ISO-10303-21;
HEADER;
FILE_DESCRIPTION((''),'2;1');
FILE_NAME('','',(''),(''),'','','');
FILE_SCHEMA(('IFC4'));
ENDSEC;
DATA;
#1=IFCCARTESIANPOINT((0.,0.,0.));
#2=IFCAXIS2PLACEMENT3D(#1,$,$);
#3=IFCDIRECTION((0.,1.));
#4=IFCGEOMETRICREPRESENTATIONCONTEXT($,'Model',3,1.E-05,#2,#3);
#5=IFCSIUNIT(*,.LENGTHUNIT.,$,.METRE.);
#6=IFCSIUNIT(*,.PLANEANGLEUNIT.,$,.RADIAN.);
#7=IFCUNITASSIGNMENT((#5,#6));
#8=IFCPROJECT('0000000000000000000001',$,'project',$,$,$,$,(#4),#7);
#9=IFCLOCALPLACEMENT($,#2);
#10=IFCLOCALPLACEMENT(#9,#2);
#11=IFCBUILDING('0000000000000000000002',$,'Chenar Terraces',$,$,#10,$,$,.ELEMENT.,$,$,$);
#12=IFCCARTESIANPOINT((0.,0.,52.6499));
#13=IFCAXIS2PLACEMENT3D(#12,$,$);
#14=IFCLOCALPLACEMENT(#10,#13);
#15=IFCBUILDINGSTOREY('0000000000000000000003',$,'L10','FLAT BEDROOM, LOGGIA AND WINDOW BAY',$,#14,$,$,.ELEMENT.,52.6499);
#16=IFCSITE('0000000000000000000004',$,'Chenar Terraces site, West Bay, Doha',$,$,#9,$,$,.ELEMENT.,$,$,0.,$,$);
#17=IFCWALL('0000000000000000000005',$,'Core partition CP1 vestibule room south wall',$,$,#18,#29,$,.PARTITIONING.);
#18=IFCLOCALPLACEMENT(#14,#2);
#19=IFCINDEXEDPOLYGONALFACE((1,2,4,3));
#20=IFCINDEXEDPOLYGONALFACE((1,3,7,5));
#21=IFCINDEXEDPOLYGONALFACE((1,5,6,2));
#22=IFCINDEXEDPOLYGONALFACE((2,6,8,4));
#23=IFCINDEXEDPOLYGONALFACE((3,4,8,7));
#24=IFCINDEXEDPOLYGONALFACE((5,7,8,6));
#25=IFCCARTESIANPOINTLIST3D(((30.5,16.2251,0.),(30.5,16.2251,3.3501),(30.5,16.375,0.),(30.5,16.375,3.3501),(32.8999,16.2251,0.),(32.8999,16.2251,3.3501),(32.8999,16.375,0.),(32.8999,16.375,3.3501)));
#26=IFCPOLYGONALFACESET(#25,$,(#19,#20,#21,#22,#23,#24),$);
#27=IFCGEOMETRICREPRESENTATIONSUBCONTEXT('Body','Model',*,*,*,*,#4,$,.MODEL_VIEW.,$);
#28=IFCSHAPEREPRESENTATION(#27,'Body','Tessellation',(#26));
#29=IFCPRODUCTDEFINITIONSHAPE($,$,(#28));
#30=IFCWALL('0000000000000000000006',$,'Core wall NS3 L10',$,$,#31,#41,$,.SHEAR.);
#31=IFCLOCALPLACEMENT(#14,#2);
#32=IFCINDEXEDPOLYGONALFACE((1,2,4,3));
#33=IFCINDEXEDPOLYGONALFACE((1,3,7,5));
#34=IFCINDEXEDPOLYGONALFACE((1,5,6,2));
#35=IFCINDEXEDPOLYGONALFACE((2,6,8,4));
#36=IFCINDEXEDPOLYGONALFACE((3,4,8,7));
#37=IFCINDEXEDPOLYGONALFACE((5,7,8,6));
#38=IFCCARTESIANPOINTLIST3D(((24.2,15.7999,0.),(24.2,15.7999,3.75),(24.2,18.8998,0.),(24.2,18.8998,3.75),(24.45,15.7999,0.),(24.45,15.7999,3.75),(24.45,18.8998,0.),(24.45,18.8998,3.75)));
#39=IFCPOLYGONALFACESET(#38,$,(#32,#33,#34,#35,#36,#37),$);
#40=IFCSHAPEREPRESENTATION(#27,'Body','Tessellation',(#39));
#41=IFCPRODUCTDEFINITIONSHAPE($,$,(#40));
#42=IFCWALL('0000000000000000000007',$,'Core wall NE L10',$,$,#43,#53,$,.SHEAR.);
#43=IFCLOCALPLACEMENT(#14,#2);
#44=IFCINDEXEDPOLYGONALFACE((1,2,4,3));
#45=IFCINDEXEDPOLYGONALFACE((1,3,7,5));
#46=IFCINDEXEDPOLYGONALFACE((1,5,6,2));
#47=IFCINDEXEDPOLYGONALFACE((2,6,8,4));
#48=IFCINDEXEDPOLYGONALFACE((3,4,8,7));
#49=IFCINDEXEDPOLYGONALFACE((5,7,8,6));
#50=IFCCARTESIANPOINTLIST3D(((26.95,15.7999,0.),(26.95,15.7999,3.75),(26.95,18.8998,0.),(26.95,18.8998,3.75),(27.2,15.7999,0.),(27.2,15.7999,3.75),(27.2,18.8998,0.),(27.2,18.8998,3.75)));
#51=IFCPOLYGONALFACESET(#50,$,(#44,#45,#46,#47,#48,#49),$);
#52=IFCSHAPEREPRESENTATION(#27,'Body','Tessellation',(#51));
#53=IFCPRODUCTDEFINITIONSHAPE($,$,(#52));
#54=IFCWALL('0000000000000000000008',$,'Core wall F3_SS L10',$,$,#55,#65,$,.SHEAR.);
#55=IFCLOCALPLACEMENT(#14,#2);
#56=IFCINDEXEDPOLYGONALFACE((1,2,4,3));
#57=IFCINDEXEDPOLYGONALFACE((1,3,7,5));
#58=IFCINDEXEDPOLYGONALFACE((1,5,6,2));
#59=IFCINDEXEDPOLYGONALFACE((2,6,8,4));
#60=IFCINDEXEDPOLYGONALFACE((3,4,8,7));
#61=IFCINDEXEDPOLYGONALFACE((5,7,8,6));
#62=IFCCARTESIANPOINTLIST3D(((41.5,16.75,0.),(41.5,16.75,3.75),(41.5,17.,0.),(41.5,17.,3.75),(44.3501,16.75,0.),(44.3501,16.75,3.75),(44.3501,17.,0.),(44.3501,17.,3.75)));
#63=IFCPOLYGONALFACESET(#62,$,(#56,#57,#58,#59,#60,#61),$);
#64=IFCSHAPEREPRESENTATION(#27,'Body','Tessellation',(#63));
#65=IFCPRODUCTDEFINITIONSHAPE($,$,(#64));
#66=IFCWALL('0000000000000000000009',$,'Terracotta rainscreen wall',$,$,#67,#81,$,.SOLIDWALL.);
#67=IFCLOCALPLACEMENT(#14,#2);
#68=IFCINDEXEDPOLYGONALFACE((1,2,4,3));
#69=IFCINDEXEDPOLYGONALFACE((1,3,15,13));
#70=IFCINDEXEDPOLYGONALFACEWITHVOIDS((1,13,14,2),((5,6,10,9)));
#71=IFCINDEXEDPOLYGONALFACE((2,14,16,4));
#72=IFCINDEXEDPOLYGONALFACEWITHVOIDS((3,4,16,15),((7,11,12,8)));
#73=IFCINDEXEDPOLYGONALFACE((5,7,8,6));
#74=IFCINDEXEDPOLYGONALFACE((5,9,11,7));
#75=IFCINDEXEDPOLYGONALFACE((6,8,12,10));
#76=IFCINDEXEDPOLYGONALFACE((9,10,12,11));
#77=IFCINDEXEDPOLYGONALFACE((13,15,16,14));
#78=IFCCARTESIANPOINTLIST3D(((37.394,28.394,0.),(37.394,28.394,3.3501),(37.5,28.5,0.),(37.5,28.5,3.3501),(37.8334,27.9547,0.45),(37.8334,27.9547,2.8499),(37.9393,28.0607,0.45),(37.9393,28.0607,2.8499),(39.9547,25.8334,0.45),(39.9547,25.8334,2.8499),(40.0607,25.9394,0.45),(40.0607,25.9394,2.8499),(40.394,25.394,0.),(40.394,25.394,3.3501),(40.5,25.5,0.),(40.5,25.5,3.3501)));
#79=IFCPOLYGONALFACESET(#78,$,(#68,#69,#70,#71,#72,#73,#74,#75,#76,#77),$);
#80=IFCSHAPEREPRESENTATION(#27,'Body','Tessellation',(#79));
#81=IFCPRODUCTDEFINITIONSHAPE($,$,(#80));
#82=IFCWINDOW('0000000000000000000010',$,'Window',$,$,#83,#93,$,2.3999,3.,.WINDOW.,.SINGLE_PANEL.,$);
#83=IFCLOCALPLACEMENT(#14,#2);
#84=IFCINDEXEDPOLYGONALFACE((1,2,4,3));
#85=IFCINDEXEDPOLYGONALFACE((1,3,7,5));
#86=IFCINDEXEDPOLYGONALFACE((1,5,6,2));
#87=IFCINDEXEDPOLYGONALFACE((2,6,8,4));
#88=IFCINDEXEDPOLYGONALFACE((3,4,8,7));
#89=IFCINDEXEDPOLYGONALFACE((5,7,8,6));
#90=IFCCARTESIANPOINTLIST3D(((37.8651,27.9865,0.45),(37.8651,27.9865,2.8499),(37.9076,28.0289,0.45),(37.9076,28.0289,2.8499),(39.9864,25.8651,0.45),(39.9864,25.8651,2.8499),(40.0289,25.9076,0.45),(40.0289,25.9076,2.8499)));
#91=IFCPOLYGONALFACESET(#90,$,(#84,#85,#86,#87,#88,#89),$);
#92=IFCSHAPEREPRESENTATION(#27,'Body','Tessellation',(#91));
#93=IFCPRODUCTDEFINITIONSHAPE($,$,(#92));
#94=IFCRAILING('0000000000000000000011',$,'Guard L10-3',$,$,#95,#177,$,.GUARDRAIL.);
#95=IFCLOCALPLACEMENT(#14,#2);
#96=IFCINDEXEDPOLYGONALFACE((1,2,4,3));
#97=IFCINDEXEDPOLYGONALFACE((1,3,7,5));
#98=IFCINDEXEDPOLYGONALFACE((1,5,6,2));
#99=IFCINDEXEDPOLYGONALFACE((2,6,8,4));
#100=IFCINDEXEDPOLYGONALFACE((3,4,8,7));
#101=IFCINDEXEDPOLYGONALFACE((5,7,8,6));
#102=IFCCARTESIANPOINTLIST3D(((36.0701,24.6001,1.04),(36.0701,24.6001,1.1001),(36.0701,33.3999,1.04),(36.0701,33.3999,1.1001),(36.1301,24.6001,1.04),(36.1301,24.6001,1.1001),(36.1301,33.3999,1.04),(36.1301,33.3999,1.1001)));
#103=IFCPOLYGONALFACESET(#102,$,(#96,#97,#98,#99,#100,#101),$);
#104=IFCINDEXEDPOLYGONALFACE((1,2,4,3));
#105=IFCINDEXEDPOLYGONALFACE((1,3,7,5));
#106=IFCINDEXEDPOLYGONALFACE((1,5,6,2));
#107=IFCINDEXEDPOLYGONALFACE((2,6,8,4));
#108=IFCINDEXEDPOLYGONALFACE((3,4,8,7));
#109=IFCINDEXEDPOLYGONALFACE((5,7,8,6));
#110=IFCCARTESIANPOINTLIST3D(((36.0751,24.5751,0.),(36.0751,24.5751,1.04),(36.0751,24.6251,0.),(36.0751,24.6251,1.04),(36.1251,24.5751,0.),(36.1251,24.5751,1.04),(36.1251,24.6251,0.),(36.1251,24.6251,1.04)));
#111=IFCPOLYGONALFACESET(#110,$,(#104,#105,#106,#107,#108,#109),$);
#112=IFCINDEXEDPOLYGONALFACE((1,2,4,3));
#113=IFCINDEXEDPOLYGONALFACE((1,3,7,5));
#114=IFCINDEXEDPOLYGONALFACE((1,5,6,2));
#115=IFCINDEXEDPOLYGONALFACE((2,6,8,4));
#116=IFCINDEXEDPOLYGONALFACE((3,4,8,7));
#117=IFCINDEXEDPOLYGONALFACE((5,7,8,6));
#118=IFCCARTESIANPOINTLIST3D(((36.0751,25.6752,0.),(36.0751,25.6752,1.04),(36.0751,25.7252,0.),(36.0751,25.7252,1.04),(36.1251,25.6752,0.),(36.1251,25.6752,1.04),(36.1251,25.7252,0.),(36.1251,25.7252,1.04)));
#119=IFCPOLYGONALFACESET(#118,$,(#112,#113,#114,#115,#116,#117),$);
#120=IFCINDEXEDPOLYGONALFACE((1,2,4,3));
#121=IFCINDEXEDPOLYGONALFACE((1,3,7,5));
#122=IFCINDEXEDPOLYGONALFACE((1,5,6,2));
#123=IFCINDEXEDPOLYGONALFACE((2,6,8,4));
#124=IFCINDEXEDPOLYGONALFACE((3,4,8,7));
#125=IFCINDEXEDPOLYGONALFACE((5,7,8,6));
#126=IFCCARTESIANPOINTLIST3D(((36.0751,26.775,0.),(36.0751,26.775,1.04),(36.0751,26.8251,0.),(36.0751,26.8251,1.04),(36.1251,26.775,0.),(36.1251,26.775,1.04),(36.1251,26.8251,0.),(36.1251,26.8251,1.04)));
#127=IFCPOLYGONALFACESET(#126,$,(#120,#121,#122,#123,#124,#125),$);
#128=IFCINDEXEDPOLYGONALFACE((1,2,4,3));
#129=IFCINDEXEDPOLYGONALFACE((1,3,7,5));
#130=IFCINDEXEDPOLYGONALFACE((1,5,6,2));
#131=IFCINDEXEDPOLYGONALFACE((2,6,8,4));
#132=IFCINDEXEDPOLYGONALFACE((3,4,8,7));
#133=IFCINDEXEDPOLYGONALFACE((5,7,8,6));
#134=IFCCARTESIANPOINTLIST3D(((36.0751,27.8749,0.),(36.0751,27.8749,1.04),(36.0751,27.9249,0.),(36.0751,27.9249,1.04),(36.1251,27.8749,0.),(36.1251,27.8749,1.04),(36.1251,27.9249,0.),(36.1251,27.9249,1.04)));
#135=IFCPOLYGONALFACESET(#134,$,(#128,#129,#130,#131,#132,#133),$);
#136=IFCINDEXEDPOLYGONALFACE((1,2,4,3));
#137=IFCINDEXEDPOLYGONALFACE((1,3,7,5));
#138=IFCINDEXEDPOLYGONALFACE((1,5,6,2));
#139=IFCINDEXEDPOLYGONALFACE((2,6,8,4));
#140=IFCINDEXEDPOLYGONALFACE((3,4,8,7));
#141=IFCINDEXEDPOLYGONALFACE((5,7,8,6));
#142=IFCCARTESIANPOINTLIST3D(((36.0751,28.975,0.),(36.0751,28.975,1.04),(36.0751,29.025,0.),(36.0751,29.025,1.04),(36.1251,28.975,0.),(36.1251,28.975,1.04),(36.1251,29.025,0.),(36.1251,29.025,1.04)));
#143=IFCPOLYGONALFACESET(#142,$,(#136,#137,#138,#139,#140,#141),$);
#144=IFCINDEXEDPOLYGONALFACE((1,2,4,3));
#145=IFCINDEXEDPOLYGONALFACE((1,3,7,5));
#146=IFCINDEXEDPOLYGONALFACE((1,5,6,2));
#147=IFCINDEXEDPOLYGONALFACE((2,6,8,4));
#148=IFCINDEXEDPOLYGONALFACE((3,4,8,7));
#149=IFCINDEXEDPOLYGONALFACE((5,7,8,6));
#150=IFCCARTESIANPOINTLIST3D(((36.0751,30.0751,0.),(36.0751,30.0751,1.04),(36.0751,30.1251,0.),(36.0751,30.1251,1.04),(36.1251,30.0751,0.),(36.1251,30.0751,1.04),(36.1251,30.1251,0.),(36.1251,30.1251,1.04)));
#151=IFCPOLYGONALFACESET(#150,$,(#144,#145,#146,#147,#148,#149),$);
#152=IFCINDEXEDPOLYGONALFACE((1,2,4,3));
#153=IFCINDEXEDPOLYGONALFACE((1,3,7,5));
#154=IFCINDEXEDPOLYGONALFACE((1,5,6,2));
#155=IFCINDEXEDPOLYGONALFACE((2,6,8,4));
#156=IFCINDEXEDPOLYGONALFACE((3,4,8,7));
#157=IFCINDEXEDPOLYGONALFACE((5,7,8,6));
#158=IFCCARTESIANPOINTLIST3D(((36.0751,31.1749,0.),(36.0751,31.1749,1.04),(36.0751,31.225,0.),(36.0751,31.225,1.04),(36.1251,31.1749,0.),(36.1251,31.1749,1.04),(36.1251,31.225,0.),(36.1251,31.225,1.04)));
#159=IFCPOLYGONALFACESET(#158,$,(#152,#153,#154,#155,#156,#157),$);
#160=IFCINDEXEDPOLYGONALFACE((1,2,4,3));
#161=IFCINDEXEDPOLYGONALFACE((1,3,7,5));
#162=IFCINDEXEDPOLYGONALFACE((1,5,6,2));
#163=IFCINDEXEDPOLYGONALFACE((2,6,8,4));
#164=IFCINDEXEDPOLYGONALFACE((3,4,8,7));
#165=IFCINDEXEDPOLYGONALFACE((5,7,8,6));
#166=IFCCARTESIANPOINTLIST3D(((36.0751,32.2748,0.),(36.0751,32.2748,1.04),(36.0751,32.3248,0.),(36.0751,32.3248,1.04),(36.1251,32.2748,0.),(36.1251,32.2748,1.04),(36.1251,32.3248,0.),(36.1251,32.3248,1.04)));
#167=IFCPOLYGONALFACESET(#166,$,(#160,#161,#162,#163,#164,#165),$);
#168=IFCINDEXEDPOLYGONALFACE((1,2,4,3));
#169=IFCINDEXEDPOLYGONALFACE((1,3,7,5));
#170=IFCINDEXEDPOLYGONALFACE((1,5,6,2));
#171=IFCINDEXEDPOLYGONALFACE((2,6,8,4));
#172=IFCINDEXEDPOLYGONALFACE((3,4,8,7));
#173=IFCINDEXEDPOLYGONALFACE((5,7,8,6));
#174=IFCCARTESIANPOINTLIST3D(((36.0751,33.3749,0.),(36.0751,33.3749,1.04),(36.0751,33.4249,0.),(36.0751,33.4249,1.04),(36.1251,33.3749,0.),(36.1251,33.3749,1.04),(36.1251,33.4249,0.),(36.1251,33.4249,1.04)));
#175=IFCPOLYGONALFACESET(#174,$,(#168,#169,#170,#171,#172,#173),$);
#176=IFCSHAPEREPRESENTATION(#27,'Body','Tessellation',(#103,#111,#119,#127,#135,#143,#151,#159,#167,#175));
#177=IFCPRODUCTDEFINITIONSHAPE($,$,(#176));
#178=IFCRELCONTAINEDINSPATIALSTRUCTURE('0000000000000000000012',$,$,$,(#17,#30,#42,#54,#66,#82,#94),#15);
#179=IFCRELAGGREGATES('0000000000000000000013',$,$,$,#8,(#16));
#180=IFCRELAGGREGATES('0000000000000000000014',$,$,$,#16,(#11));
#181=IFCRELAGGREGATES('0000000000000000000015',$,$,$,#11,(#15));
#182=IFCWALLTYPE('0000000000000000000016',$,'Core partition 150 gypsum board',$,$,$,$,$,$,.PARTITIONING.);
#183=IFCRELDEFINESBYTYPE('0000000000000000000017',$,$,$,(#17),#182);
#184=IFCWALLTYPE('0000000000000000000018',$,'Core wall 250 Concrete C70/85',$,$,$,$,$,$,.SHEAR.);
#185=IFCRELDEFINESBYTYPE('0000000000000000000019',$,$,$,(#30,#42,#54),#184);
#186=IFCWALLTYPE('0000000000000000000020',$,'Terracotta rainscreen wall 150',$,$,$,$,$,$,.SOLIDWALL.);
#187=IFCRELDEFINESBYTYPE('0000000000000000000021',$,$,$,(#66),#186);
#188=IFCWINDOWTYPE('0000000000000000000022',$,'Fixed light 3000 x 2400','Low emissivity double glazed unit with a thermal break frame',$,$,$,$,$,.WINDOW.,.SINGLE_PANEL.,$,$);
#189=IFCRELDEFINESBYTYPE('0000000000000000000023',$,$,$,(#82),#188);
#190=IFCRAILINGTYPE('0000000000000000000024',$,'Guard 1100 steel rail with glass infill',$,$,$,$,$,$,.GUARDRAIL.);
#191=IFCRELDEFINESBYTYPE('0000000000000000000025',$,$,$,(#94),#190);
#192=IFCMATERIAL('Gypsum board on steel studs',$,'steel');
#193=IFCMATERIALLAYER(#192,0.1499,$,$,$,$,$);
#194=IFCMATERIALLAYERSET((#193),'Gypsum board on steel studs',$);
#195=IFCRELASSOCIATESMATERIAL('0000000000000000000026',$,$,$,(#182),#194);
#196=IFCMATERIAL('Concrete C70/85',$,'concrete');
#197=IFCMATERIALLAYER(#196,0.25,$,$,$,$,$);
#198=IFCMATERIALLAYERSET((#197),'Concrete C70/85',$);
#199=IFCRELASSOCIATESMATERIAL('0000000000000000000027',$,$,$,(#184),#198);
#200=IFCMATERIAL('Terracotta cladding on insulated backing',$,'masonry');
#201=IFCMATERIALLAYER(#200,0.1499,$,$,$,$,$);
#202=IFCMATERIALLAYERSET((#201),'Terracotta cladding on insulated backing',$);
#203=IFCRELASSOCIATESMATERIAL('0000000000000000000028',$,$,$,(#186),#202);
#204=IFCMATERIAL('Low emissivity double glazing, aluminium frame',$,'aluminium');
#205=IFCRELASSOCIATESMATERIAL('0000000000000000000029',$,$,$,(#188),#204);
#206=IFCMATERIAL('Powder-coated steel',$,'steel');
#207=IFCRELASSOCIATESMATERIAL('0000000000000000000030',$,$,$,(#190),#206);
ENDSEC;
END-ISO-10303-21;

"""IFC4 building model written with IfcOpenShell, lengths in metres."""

from ifc_helpers import new_model, si_unit, direction, frame, frame_2d, origin, origin_2d, place, context, subcontext, project, spatial, rectangle, extrude, material, layer, layer_set, type_object, element, fill, save


model = new_model("IFC4")

# Units and contexts
model_context = context("Model", 3, precision=1e-05, world=origin(), true_north=direction((0.0, 1.0)))
body_context = subcontext(model_context, "Body", "Model", "MODEL_VIEW")
ifc_project = project(units=[si_unit("LENGTHUNIT", "METRE"), si_unit("PLANEANGLEUNIT", "RADIAN")], contexts=[model_context])

# Site, building, storey
site_placement = place(None, origin())
site = spatial("IfcSite", under=ifc_project, at=site_placement, Name="Chenar Terraces site, West Bay, Doha", CompositionType="ELEMENT", RefElevation=0.0)
building_placement = place(site_placement, origin())
building = spatial("IfcBuilding", under=site, at=building_placement, Name="Chenar Terraces", CompositionType="ELEMENT")
storey_placement = place(building_placement, frame((0.0, 0.0, 52.6499)))
storey = spatial("IfcBuildingStorey", under=building, at=storey_placement, Name="L10", Description="FLAT BEDROOM, LOGGIA AND WINDOW BAY", CompositionType="ELEMENT", Elevation=52.6499)

# Shared definitions
ifc_material_1 = material(Name="Gypsum board on steel studs", Category="steel")
ifc_layer_1 = layer(ifc_material_1, 0.1499)
ifc_layer_set_1 = layer_set([ifc_layer_1], Name="Gypsum board on steel studs")
wall_type_1 = type_object("IfcWallType", Name="Core partition 150 gypsum board", PredefinedType="PARTITIONING", material=ifc_layer_set_1)

# Walls
wall_1_placement = place(storey_placement, frame((30.5, 16.3, 0.0), z_axis=(0.0, 0.0, 1.0), x_axis=(1.0, 0.0, 0.0)))
element("IfcWall", 1, at=wall_1_placement, inside=storey, type_object=wall_type_1, Name="Core partition CP1 vestibule room south wall", PredefinedType="PARTITIONING", context=body_context, shape_type="SweptSolid", body=[
    extrude(rectangle(XDim=2.3999, YDim=0.1499, at=frame_2d((1.2, 0.0))), origin(), (0.0, 0.0, 1.0), 3.3501),
])
ifc_material_2 = material(Name="Concrete C70/85", Category="concrete")
ifc_layer_2 = layer(ifc_material_2, 0.25)
ifc_layer_set_2 = layer_set([ifc_layer_2], Name="Concrete C70/85")
wall_type_2 = type_object("IfcWallType", Name="Core wall 250 Concrete C70/85", PredefinedType="SHEAR", material=ifc_layer_set_2)
for number, where, z_axis, x_axis, name in (
    (2, (24.325, 15.8, 0.0), (0.0, 0.0, 1.0), (0.0, 1.0, 0.0), "Core wall NS3 L10"),
    (3, (27.075, 15.8, 0.0), (0.0, 0.0, 1.0), (0.0, 1.0, 0.0), "Core wall NE L10"),
):
    element("IfcWall", number, at=place(storey_placement, frame(where, z_axis=z_axis, x_axis=x_axis)), inside=storey, type_object=wall_type_2, Name=name, PredefinedType="SHEAR", context=body_context, shape_type="SweptSolid", body=[
        extrude(rectangle(XDim=3.0999, YDim=0.25, at=frame_2d((1.5498, 0.0))), origin(), (0.0, 0.0, 1.0), 3.75),
    ])
wall_2_placement = place(storey_placement, frame((41.5, 16.875, 0.0), z_axis=(0.0, 0.0, 1.0), x_axis=(1.0, 0.0, 0.0)))
element("IfcWall", 4, at=wall_2_placement, inside=storey, type_object=wall_type_2, Name="Core wall F3_SS L10", PredefinedType="SHEAR", context=body_context, shape_type="SweptSolid", body=[
    extrude(rectangle(XDim=2.8501, YDim=0.25, at=frame_2d((1.425, 0.0))), origin(), (0.0, 0.0, 1.0), 3.75),
])

# Wall, opening, window
ifc_material_3 = material(Name="Terracotta cladding on insulated backing", Category="masonry")
ifc_layer_3 = layer(ifc_material_3, 0.1499)
ifc_layer_set_3 = layer_set([ifc_layer_3], Name="Terracotta cladding on insulated backing")
wall_type_3 = type_object("IfcWallType", Name="Terracotta rainscreen wall 150", PredefinedType="SOLIDWALL", material=ifc_layer_set_3)
wall_3_placement = place(storey_placement, frame((40.447, 25.447, 0.0), z_axis=(0.0, 0.0, 1.0), x_axis=(-0.707107, 0.707107, 0.0)))
wall_3 = element("IfcWall", 5, at=wall_3_placement, inside=storey, type_object=wall_type_3, Name="Terracotta rainscreen wall", PredefinedType="SOLIDWALL", context=body_context, shape_type="SweptSolid", body=[
    extrude(rectangle(XDim=4.2427, YDim=0.1499, at=frame_2d((2.1213, 0.0))), origin(), (0.0, 0.0, 1.0), 3.3501),
])
opening_1_placement = place(wall_3_placement, frame((0.6213, 0.0, 0.45)))
opening_1 = element("IfcOpeningElement", 6, at=opening_1_placement, cuts=wall_3, PredefinedType="OPENING", context=body_context, shape_type="SweptSolid", body=[
    extrude(rectangle(XDim=3.0, YDim=2.3999, at=frame_2d((1.5, 1.2))), frame((0.0, 0.085, 0.0), z_axis=(0.0, -1.0, 0.0), x_axis=(1.0, 0.0, 0.0)), (0.0, 0.0, 1.0), 0.1699),
])
ifc_material_4 = material(Name="Low emissivity double glazing, aluminium frame", Category="aluminium")
window_type = type_object("IfcWindowType", Name="Fixed light 3000 x 2400", Description="Low emissivity double glazed unit with a thermal break frame", PartitioningType="SINGLE_PANEL", PredefinedType="WINDOW", material=ifc_material_4)
window_placement = place(opening_1_placement, origin())
window = element("IfcWindow", 7, at=window_placement, inside=storey, type_object=window_type, Name="Window", OverallHeight=2.3999, OverallWidth=3.0, PartitioningType="SINGLE_PANEL", PredefinedType="WINDOW", context=body_context, shape_type="SweptSolid", body=[
    extrude(rectangle(XDim=3.0, YDim=2.3999, at=frame_2d((1.5, 1.2))), frame((0.0, 0.03, 0.0), z_axis=(0.0, -1.0, 0.0), x_axis=(1.0, 0.0, 0.0)), (0.0, 0.0, 1.0), 0.0601),
])
fill(opening_1, window)

# Railing
ifc_material_5 = material(Name="Powder-coated steel", Category="steel")
railing_type = type_object("IfcRailingType", Name="Guard 1100 steel rail with glass infill", PredefinedType="GUARDRAIL", material=ifc_material_5)
railing_placement = place(storey_placement, frame((36.1001, 24.6001, 0.0)))
element("IfcRailing", 8, at=railing_placement, inside=storey, type_object=railing_type, Name="Guard L10-3", PredefinedType="GUARDRAIL", context=body_context, shape_type="SweptSolid", body=[
    extrude(rectangle(XDim=0.0601, YDim=0.0601, at=origin_2d()), frame((0.0, 0.0, 1.0701), z_axis=(0.0, 1.0, 0.0), x_axis=(-1.0, 0.0, 0.0)), (0.0, 0.0, 1.0), 8.7998),
    extrude(rectangle(XDim=0.05, YDim=0.05, at=origin_2d()), origin(), (0.0, 0.0, 1.0), 1.04),
    extrude(rectangle(XDim=0.05, YDim=0.05, at=origin_2d()), frame((0.0, 1.1001, 0.0)), (0.0, 0.0, 1.0), 1.04),
    extrude(rectangle(XDim=0.05, YDim=0.05, at=origin_2d()), frame((0.0, 2.2, 0.0)), (0.0, 0.0, 1.0), 1.04),
    extrude(rectangle(XDim=0.05, YDim=0.05, at=origin_2d()), frame((0.0, 3.2998, 0.0)), (0.0, 0.0, 1.0), 1.04),
    extrude(rectangle(XDim=0.05, YDim=0.05, at=origin_2d()), frame((0.0, 4.3999, 0.0)), (0.0, 0.0, 1.0), 1.04),
    extrude(rectangle(XDim=0.05, YDim=0.05, at=origin_2d()), frame((0.0, 5.5, 0.0)), (0.0, 0.0, 1.0), 1.04),
    extrude(rectangle(XDim=0.05, YDim=0.05, at=origin_2d()), frame((0.0, 6.5999, 0.0)), (0.0, 0.0, 1.0), 1.04),
    extrude(rectangle(XDim=0.05, YDim=0.05, at=origin_2d()), frame((0.0, 7.6997, 0.0)), (0.0, 0.0, 1.0), 1.04),
    extrude(rectangle(XDim=0.05, YDim=0.05, at=origin_2d()), frame((0.0, 8.7998, 0.0)), (0.0, 0.0, 1.0), 1.04),
])

save(model, "model.ifc")
